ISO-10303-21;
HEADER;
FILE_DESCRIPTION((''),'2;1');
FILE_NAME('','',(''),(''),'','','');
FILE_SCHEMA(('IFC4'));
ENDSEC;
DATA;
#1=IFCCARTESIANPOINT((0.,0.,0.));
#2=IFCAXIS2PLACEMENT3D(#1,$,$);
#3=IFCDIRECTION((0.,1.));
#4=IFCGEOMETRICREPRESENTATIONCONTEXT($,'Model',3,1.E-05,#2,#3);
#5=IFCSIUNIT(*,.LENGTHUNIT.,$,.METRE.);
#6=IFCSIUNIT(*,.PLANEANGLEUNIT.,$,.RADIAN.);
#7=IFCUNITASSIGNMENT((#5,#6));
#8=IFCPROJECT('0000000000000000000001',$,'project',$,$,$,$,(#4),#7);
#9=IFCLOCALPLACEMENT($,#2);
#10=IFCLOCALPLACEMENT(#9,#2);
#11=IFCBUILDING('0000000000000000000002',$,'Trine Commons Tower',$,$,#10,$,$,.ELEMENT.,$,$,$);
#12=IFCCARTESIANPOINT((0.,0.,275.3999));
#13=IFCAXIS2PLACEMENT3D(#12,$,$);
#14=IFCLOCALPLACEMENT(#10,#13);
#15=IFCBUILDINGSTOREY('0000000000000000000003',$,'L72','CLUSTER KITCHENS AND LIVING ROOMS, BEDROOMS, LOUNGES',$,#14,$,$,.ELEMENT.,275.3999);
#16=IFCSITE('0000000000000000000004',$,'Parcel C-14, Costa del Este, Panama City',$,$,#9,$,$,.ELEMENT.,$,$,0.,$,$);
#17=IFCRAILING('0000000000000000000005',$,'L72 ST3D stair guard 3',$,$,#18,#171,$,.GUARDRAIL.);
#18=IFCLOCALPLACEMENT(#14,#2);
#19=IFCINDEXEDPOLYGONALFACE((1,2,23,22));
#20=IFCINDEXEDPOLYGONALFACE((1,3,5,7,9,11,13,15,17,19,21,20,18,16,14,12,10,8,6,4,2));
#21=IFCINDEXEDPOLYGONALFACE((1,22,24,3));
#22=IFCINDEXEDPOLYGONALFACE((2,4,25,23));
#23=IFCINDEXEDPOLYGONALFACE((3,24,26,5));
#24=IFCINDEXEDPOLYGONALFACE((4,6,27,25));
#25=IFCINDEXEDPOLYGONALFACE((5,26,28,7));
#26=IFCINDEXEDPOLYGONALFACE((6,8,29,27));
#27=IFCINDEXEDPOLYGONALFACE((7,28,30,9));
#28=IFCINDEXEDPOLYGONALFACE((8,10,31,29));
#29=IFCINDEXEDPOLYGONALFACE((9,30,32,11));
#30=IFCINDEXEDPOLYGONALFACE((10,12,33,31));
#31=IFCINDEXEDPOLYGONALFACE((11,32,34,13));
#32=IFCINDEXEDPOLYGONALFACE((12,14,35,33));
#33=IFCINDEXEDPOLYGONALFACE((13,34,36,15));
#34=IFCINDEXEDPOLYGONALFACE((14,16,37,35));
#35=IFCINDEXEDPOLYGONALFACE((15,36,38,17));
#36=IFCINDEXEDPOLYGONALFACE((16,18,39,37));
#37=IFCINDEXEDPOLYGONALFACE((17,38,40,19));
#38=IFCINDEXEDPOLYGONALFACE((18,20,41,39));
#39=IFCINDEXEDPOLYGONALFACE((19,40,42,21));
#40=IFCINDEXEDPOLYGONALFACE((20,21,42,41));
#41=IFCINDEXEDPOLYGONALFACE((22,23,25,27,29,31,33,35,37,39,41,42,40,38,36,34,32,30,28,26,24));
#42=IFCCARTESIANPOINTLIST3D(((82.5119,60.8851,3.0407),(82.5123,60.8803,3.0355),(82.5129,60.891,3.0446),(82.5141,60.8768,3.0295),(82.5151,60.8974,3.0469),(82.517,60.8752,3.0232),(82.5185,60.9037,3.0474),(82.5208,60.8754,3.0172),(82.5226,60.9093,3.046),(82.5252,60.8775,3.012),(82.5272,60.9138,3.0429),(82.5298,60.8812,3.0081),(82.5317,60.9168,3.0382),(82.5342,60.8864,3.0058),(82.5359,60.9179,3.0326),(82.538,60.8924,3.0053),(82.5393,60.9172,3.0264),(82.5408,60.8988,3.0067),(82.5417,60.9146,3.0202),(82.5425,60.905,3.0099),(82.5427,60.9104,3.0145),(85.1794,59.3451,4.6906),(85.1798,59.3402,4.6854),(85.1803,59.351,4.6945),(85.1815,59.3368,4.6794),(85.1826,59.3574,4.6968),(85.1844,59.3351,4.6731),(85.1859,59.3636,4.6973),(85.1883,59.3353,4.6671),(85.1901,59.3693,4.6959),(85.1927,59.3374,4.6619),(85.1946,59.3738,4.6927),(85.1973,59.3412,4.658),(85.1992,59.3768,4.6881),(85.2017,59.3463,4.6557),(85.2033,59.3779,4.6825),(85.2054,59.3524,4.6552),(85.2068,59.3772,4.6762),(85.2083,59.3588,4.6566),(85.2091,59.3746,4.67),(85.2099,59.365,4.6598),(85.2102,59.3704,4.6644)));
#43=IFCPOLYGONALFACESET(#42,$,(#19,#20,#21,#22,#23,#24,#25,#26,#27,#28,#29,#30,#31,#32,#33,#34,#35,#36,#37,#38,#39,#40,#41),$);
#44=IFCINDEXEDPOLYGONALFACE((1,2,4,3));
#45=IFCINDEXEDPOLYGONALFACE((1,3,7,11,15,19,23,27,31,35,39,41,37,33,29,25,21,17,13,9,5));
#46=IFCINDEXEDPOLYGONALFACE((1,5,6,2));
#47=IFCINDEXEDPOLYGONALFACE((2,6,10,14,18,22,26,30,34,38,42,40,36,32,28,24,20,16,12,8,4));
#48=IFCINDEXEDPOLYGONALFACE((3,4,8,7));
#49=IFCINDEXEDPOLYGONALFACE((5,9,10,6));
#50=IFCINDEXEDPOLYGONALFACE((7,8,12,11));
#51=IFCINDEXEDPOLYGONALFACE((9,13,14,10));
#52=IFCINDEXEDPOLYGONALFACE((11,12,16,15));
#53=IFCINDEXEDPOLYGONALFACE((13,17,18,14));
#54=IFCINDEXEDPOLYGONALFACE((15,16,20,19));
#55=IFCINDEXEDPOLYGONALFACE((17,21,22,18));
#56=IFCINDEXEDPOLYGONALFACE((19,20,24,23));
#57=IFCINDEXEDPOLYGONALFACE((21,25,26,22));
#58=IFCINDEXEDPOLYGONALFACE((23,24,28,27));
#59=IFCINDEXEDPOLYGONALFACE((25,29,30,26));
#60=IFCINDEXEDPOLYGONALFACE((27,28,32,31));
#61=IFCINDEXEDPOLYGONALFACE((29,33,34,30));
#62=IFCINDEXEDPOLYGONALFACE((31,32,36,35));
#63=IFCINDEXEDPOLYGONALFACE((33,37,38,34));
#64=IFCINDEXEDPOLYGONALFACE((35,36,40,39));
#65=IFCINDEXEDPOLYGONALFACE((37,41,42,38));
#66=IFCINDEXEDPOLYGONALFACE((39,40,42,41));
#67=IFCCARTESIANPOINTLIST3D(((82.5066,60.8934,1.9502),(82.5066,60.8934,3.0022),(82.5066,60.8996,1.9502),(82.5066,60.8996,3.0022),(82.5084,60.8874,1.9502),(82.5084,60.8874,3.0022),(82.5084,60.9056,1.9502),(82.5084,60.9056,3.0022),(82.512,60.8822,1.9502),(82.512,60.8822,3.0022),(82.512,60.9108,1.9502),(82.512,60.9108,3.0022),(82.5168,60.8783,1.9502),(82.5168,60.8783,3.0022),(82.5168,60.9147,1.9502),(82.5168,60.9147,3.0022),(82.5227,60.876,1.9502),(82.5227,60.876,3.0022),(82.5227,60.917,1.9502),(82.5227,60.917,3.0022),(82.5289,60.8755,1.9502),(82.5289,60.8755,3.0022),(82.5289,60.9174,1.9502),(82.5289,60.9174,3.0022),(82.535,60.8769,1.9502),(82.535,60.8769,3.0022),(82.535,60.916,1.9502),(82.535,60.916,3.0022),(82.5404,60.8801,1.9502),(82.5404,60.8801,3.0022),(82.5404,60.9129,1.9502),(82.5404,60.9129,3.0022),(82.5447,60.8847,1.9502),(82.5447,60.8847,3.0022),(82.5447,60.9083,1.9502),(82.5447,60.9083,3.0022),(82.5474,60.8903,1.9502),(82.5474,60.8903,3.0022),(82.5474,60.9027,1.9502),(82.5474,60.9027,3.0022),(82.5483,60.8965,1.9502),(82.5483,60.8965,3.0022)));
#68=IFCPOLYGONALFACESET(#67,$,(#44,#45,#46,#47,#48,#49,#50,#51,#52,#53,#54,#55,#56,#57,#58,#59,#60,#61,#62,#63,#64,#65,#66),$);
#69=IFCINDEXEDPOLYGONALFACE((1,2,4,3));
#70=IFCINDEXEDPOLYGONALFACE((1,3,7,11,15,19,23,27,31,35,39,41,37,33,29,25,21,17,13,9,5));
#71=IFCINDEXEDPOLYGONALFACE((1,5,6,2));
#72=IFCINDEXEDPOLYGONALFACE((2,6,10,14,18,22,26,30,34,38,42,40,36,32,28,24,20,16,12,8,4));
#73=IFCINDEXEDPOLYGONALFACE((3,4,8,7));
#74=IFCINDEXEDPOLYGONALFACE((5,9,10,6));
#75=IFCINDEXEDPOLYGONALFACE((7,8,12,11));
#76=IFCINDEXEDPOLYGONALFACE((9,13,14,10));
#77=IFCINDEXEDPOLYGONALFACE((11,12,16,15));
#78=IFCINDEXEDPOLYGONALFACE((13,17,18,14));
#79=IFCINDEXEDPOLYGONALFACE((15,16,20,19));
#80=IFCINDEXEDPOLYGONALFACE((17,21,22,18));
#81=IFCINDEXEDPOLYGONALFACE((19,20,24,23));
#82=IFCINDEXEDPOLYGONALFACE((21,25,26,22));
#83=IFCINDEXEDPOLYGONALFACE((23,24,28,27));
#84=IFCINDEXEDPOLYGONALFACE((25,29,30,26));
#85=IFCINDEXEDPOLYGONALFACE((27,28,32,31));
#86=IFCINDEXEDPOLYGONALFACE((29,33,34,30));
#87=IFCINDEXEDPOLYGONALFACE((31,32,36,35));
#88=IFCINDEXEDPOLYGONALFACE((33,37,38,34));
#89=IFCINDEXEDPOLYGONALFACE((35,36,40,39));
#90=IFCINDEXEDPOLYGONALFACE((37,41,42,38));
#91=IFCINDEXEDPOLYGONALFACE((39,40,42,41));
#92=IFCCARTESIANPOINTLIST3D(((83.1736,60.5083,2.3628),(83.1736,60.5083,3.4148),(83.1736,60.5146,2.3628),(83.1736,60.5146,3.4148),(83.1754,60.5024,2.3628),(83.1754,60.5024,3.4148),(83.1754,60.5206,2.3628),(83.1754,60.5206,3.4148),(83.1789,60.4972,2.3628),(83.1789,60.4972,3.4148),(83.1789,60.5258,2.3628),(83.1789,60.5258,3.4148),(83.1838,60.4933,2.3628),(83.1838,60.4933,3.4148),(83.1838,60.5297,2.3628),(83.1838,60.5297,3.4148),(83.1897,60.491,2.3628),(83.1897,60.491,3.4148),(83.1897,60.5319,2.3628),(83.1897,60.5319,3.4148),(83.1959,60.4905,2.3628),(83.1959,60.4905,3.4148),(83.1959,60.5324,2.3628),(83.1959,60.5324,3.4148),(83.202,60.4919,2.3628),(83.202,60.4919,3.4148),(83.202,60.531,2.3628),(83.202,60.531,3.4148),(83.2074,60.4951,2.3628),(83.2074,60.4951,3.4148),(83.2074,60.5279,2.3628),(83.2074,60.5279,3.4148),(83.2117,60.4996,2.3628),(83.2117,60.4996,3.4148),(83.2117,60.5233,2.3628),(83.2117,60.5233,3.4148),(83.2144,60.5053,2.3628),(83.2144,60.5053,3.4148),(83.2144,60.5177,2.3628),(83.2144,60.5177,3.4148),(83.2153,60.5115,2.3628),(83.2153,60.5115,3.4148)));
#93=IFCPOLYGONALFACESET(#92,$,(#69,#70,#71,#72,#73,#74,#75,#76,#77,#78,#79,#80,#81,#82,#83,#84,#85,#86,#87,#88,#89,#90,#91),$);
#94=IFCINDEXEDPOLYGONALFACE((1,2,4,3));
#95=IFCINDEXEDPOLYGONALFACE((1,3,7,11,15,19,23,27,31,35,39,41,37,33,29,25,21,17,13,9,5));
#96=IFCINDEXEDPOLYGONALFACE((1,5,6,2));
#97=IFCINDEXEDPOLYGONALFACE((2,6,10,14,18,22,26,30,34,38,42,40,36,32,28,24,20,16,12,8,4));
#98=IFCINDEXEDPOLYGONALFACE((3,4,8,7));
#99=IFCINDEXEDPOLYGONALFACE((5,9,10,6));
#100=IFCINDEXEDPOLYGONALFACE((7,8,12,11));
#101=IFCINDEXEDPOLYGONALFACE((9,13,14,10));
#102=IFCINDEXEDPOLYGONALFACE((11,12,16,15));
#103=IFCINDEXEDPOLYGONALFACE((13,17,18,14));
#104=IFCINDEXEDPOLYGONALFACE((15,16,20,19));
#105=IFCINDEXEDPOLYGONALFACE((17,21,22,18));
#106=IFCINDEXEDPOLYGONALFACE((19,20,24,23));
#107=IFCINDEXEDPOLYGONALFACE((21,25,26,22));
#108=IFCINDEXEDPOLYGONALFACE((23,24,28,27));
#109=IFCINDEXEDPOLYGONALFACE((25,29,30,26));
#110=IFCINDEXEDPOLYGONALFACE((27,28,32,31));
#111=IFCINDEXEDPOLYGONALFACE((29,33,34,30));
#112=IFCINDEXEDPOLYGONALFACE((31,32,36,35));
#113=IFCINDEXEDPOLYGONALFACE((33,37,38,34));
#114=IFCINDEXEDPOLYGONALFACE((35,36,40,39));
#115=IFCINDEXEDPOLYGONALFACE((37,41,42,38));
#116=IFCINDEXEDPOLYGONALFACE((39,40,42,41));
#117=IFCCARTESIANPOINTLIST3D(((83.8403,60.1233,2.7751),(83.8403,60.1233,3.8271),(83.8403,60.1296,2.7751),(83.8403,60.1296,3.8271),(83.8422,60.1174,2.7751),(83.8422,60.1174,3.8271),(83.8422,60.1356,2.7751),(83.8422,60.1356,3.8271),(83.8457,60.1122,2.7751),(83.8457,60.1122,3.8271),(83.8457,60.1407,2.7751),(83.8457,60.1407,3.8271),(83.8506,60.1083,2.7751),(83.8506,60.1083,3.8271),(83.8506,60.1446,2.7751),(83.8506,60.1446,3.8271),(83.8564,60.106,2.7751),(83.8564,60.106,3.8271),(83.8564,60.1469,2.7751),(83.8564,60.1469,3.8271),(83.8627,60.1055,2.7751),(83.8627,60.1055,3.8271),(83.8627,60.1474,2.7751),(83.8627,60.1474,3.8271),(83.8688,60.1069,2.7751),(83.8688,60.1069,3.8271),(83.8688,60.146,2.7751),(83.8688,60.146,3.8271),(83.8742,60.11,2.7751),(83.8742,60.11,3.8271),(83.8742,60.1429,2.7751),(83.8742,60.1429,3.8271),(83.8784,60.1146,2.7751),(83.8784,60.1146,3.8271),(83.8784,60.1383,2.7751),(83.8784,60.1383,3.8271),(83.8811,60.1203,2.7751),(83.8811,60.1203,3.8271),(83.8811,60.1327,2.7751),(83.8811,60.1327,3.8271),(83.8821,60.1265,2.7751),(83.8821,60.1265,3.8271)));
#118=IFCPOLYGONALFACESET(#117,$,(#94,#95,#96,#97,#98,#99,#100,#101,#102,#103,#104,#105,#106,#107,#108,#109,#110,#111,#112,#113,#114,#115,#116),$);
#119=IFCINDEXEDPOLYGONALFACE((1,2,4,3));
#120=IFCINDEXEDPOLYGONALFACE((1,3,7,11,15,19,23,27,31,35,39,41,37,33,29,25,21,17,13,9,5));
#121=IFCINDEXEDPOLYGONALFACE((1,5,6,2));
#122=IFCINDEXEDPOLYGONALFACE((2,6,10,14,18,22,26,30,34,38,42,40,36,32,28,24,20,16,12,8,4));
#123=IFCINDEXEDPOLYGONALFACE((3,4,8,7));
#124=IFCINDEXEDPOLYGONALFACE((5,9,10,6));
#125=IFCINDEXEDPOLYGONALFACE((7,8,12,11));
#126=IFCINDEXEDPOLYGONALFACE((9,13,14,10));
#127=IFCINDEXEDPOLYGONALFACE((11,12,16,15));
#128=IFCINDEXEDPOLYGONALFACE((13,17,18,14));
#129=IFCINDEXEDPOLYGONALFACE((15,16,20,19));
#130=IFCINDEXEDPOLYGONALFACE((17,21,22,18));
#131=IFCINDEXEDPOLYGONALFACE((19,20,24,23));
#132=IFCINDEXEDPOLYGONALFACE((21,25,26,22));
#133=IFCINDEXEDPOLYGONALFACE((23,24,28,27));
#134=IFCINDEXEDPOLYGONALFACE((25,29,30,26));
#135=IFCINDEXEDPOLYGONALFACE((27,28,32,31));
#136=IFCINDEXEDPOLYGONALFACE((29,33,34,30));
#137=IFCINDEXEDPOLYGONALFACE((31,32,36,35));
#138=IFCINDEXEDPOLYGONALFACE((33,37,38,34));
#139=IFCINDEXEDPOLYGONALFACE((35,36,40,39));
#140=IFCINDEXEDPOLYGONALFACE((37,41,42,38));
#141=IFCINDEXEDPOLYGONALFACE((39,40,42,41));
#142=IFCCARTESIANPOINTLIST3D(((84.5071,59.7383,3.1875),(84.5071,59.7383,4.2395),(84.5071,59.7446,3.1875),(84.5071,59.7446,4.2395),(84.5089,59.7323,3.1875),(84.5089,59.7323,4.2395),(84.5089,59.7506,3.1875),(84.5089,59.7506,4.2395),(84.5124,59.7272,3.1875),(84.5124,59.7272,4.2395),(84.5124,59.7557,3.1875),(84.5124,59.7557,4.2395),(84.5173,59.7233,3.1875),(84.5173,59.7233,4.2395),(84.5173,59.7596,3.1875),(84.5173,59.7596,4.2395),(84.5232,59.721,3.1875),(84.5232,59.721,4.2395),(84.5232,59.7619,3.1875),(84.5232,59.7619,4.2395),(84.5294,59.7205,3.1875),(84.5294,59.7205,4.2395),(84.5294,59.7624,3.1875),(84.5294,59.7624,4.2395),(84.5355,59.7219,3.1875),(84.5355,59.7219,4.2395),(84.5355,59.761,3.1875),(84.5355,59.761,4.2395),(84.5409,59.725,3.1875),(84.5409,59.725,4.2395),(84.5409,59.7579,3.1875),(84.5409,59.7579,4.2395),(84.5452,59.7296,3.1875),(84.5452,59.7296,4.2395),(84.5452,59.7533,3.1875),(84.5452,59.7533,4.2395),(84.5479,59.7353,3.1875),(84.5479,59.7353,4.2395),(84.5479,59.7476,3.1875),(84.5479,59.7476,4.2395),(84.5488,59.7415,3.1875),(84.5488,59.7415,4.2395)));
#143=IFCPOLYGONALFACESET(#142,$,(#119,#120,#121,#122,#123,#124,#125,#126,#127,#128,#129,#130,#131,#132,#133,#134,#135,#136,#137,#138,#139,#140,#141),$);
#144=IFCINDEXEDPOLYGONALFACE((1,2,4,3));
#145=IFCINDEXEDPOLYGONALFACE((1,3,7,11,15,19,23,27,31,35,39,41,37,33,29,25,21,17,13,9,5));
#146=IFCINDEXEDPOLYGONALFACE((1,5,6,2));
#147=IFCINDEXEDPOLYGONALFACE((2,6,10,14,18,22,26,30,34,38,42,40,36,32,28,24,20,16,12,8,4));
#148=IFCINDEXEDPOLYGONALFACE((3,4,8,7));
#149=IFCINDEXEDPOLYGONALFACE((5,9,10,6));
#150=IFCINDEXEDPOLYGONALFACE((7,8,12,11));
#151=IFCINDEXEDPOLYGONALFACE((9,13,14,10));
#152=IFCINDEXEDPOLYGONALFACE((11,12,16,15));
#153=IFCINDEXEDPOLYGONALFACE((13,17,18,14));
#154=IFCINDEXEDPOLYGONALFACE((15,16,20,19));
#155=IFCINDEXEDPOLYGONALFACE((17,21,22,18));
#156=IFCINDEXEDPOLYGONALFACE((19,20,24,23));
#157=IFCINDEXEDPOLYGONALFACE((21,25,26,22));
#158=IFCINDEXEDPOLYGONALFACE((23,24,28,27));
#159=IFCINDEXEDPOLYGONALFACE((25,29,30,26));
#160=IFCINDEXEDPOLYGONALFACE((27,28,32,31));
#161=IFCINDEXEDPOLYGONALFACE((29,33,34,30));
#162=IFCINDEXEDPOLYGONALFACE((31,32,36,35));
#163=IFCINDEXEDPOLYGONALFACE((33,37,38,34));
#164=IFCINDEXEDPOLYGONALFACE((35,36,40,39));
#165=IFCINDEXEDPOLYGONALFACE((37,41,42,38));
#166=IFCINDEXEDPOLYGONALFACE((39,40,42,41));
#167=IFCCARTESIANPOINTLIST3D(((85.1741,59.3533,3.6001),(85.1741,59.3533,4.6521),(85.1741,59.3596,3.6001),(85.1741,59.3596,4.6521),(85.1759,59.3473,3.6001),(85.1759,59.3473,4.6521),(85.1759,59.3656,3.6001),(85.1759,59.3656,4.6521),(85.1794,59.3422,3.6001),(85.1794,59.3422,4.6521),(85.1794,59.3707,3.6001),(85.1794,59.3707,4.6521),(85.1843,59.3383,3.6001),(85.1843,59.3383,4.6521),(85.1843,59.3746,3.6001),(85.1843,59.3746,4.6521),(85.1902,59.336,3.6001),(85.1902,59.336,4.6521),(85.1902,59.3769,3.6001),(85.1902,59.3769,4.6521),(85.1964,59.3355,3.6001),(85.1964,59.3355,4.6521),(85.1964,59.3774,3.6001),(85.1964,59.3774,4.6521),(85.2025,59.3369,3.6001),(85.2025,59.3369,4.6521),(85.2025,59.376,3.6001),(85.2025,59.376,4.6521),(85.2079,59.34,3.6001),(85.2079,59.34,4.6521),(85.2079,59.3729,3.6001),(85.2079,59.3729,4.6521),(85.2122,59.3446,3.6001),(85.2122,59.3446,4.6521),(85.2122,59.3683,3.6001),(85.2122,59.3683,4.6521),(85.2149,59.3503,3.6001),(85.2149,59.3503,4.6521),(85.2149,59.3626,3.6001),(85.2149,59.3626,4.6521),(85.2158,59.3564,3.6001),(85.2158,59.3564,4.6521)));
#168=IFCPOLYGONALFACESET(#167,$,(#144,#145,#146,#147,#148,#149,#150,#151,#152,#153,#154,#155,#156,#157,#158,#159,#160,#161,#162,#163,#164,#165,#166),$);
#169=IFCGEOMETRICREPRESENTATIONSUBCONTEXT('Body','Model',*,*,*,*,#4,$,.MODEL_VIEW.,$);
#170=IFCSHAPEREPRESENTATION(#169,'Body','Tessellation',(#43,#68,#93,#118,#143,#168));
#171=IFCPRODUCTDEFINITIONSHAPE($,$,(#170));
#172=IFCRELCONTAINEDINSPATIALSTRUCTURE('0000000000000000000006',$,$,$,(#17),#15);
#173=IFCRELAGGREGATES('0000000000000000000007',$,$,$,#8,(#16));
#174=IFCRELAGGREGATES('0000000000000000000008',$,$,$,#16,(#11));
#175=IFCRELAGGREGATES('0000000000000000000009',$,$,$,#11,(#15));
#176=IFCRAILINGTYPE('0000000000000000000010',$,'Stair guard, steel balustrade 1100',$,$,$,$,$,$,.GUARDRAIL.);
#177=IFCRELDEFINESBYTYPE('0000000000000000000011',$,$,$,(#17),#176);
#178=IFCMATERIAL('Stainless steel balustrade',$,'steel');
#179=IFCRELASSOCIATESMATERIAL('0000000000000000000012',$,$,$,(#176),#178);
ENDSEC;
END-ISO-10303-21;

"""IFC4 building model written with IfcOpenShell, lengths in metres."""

from ifc_helpers import new_model, si_unit, direction, frame, origin, origin_2d, place, context, subcontext, project, spatial, circle, extrude, material, type_object, element, save


model = new_model("IFC4")

# Units and contexts
model_context = context("Model", 3, precision=1e-05, world=origin(), true_north=direction((0.0, 1.0)))
body_context = subcontext(model_context, "Body", "Model", "MODEL_VIEW")
ifc_project = project(units=[si_unit("LENGTHUNIT", "METRE"), si_unit("PLANEANGLEUNIT", "RADIAN")], contexts=[model_context])

# Site, building, storey
site_placement = place(None, origin())
site = spatial("IfcSite", under=ifc_project, at=site_placement, Name="Parcel C-14, Costa del Este, Panama City", CompositionType="ELEMENT", RefElevation=0.0)
building_placement = place(site_placement, origin())
building = spatial("IfcBuilding", under=site, at=building_placement, Name="Trine Commons Tower", CompositionType="ELEMENT")
storey_placement = place(building_placement, frame((0.0, 0.0, 275.3999)))
storey = spatial("IfcBuildingStorey", under=building, at=storey_placement, Name="L72", Description="CLUSTER KITCHENS AND LIVING ROOMS, BEDROOMS, LOUNGES", CompositionType="ELEMENT", Elevation=275.3999)

# Railing
ifc_material_1 = material(Name="Stainless steel balustrade", Category="steel")
railing_type_1 = type_object("IfcRailingType", Name="Stair guard, steel balustrade 1100", PredefinedType="GUARDRAIL", material=ifc_material_1)
railing_1_placement = place(storey_placement, frame((82.5273, 60.8965, 1.9502)))
element("IfcRailing", 1, at=railing_1_placement, inside=storey, type_object=railing_type_1, Name="L72 ST3D stair guard 3", PredefinedType="GUARDRAIL", context=body_context, shape_type="SweptSolid", body=[
    extrude(circle(Radius=0.0239, at=origin_2d()), frame((0.0, 0.0, 1.0762), z_axis=(0.763405, -0.440743, 0.472185), x_axis=(0.499992, 0.86603, 0.0)), (0.0, 0.0, 1.0), 3.4941),
    extrude(circle(Radius=0.021, at=origin_2d()), origin(), (0.0, 0.0, 1.0), 1.052),
    extrude(circle(Radius=0.021, at=origin_2d()), frame((0.667, -0.385, 0.4126)), (0.0, 0.0, 1.0), 1.052),
    extrude(circle(Radius=0.021, at=origin_2d()), frame((1.3337, -0.77, 0.825)), (0.0, 0.0, 1.0), 1.052),
    extrude(circle(Radius=0.021, at=origin_2d()), frame((2.0005, -1.155, 1.2373)), (0.0, 0.0, 1.0), 1.052),
    extrude(circle(Radius=0.021, at=origin_2d()), frame((2.6675, -1.54, 1.6499)), (0.0, 0.0, 1.0), 1.052),
])

save(model, "model.ifc")
